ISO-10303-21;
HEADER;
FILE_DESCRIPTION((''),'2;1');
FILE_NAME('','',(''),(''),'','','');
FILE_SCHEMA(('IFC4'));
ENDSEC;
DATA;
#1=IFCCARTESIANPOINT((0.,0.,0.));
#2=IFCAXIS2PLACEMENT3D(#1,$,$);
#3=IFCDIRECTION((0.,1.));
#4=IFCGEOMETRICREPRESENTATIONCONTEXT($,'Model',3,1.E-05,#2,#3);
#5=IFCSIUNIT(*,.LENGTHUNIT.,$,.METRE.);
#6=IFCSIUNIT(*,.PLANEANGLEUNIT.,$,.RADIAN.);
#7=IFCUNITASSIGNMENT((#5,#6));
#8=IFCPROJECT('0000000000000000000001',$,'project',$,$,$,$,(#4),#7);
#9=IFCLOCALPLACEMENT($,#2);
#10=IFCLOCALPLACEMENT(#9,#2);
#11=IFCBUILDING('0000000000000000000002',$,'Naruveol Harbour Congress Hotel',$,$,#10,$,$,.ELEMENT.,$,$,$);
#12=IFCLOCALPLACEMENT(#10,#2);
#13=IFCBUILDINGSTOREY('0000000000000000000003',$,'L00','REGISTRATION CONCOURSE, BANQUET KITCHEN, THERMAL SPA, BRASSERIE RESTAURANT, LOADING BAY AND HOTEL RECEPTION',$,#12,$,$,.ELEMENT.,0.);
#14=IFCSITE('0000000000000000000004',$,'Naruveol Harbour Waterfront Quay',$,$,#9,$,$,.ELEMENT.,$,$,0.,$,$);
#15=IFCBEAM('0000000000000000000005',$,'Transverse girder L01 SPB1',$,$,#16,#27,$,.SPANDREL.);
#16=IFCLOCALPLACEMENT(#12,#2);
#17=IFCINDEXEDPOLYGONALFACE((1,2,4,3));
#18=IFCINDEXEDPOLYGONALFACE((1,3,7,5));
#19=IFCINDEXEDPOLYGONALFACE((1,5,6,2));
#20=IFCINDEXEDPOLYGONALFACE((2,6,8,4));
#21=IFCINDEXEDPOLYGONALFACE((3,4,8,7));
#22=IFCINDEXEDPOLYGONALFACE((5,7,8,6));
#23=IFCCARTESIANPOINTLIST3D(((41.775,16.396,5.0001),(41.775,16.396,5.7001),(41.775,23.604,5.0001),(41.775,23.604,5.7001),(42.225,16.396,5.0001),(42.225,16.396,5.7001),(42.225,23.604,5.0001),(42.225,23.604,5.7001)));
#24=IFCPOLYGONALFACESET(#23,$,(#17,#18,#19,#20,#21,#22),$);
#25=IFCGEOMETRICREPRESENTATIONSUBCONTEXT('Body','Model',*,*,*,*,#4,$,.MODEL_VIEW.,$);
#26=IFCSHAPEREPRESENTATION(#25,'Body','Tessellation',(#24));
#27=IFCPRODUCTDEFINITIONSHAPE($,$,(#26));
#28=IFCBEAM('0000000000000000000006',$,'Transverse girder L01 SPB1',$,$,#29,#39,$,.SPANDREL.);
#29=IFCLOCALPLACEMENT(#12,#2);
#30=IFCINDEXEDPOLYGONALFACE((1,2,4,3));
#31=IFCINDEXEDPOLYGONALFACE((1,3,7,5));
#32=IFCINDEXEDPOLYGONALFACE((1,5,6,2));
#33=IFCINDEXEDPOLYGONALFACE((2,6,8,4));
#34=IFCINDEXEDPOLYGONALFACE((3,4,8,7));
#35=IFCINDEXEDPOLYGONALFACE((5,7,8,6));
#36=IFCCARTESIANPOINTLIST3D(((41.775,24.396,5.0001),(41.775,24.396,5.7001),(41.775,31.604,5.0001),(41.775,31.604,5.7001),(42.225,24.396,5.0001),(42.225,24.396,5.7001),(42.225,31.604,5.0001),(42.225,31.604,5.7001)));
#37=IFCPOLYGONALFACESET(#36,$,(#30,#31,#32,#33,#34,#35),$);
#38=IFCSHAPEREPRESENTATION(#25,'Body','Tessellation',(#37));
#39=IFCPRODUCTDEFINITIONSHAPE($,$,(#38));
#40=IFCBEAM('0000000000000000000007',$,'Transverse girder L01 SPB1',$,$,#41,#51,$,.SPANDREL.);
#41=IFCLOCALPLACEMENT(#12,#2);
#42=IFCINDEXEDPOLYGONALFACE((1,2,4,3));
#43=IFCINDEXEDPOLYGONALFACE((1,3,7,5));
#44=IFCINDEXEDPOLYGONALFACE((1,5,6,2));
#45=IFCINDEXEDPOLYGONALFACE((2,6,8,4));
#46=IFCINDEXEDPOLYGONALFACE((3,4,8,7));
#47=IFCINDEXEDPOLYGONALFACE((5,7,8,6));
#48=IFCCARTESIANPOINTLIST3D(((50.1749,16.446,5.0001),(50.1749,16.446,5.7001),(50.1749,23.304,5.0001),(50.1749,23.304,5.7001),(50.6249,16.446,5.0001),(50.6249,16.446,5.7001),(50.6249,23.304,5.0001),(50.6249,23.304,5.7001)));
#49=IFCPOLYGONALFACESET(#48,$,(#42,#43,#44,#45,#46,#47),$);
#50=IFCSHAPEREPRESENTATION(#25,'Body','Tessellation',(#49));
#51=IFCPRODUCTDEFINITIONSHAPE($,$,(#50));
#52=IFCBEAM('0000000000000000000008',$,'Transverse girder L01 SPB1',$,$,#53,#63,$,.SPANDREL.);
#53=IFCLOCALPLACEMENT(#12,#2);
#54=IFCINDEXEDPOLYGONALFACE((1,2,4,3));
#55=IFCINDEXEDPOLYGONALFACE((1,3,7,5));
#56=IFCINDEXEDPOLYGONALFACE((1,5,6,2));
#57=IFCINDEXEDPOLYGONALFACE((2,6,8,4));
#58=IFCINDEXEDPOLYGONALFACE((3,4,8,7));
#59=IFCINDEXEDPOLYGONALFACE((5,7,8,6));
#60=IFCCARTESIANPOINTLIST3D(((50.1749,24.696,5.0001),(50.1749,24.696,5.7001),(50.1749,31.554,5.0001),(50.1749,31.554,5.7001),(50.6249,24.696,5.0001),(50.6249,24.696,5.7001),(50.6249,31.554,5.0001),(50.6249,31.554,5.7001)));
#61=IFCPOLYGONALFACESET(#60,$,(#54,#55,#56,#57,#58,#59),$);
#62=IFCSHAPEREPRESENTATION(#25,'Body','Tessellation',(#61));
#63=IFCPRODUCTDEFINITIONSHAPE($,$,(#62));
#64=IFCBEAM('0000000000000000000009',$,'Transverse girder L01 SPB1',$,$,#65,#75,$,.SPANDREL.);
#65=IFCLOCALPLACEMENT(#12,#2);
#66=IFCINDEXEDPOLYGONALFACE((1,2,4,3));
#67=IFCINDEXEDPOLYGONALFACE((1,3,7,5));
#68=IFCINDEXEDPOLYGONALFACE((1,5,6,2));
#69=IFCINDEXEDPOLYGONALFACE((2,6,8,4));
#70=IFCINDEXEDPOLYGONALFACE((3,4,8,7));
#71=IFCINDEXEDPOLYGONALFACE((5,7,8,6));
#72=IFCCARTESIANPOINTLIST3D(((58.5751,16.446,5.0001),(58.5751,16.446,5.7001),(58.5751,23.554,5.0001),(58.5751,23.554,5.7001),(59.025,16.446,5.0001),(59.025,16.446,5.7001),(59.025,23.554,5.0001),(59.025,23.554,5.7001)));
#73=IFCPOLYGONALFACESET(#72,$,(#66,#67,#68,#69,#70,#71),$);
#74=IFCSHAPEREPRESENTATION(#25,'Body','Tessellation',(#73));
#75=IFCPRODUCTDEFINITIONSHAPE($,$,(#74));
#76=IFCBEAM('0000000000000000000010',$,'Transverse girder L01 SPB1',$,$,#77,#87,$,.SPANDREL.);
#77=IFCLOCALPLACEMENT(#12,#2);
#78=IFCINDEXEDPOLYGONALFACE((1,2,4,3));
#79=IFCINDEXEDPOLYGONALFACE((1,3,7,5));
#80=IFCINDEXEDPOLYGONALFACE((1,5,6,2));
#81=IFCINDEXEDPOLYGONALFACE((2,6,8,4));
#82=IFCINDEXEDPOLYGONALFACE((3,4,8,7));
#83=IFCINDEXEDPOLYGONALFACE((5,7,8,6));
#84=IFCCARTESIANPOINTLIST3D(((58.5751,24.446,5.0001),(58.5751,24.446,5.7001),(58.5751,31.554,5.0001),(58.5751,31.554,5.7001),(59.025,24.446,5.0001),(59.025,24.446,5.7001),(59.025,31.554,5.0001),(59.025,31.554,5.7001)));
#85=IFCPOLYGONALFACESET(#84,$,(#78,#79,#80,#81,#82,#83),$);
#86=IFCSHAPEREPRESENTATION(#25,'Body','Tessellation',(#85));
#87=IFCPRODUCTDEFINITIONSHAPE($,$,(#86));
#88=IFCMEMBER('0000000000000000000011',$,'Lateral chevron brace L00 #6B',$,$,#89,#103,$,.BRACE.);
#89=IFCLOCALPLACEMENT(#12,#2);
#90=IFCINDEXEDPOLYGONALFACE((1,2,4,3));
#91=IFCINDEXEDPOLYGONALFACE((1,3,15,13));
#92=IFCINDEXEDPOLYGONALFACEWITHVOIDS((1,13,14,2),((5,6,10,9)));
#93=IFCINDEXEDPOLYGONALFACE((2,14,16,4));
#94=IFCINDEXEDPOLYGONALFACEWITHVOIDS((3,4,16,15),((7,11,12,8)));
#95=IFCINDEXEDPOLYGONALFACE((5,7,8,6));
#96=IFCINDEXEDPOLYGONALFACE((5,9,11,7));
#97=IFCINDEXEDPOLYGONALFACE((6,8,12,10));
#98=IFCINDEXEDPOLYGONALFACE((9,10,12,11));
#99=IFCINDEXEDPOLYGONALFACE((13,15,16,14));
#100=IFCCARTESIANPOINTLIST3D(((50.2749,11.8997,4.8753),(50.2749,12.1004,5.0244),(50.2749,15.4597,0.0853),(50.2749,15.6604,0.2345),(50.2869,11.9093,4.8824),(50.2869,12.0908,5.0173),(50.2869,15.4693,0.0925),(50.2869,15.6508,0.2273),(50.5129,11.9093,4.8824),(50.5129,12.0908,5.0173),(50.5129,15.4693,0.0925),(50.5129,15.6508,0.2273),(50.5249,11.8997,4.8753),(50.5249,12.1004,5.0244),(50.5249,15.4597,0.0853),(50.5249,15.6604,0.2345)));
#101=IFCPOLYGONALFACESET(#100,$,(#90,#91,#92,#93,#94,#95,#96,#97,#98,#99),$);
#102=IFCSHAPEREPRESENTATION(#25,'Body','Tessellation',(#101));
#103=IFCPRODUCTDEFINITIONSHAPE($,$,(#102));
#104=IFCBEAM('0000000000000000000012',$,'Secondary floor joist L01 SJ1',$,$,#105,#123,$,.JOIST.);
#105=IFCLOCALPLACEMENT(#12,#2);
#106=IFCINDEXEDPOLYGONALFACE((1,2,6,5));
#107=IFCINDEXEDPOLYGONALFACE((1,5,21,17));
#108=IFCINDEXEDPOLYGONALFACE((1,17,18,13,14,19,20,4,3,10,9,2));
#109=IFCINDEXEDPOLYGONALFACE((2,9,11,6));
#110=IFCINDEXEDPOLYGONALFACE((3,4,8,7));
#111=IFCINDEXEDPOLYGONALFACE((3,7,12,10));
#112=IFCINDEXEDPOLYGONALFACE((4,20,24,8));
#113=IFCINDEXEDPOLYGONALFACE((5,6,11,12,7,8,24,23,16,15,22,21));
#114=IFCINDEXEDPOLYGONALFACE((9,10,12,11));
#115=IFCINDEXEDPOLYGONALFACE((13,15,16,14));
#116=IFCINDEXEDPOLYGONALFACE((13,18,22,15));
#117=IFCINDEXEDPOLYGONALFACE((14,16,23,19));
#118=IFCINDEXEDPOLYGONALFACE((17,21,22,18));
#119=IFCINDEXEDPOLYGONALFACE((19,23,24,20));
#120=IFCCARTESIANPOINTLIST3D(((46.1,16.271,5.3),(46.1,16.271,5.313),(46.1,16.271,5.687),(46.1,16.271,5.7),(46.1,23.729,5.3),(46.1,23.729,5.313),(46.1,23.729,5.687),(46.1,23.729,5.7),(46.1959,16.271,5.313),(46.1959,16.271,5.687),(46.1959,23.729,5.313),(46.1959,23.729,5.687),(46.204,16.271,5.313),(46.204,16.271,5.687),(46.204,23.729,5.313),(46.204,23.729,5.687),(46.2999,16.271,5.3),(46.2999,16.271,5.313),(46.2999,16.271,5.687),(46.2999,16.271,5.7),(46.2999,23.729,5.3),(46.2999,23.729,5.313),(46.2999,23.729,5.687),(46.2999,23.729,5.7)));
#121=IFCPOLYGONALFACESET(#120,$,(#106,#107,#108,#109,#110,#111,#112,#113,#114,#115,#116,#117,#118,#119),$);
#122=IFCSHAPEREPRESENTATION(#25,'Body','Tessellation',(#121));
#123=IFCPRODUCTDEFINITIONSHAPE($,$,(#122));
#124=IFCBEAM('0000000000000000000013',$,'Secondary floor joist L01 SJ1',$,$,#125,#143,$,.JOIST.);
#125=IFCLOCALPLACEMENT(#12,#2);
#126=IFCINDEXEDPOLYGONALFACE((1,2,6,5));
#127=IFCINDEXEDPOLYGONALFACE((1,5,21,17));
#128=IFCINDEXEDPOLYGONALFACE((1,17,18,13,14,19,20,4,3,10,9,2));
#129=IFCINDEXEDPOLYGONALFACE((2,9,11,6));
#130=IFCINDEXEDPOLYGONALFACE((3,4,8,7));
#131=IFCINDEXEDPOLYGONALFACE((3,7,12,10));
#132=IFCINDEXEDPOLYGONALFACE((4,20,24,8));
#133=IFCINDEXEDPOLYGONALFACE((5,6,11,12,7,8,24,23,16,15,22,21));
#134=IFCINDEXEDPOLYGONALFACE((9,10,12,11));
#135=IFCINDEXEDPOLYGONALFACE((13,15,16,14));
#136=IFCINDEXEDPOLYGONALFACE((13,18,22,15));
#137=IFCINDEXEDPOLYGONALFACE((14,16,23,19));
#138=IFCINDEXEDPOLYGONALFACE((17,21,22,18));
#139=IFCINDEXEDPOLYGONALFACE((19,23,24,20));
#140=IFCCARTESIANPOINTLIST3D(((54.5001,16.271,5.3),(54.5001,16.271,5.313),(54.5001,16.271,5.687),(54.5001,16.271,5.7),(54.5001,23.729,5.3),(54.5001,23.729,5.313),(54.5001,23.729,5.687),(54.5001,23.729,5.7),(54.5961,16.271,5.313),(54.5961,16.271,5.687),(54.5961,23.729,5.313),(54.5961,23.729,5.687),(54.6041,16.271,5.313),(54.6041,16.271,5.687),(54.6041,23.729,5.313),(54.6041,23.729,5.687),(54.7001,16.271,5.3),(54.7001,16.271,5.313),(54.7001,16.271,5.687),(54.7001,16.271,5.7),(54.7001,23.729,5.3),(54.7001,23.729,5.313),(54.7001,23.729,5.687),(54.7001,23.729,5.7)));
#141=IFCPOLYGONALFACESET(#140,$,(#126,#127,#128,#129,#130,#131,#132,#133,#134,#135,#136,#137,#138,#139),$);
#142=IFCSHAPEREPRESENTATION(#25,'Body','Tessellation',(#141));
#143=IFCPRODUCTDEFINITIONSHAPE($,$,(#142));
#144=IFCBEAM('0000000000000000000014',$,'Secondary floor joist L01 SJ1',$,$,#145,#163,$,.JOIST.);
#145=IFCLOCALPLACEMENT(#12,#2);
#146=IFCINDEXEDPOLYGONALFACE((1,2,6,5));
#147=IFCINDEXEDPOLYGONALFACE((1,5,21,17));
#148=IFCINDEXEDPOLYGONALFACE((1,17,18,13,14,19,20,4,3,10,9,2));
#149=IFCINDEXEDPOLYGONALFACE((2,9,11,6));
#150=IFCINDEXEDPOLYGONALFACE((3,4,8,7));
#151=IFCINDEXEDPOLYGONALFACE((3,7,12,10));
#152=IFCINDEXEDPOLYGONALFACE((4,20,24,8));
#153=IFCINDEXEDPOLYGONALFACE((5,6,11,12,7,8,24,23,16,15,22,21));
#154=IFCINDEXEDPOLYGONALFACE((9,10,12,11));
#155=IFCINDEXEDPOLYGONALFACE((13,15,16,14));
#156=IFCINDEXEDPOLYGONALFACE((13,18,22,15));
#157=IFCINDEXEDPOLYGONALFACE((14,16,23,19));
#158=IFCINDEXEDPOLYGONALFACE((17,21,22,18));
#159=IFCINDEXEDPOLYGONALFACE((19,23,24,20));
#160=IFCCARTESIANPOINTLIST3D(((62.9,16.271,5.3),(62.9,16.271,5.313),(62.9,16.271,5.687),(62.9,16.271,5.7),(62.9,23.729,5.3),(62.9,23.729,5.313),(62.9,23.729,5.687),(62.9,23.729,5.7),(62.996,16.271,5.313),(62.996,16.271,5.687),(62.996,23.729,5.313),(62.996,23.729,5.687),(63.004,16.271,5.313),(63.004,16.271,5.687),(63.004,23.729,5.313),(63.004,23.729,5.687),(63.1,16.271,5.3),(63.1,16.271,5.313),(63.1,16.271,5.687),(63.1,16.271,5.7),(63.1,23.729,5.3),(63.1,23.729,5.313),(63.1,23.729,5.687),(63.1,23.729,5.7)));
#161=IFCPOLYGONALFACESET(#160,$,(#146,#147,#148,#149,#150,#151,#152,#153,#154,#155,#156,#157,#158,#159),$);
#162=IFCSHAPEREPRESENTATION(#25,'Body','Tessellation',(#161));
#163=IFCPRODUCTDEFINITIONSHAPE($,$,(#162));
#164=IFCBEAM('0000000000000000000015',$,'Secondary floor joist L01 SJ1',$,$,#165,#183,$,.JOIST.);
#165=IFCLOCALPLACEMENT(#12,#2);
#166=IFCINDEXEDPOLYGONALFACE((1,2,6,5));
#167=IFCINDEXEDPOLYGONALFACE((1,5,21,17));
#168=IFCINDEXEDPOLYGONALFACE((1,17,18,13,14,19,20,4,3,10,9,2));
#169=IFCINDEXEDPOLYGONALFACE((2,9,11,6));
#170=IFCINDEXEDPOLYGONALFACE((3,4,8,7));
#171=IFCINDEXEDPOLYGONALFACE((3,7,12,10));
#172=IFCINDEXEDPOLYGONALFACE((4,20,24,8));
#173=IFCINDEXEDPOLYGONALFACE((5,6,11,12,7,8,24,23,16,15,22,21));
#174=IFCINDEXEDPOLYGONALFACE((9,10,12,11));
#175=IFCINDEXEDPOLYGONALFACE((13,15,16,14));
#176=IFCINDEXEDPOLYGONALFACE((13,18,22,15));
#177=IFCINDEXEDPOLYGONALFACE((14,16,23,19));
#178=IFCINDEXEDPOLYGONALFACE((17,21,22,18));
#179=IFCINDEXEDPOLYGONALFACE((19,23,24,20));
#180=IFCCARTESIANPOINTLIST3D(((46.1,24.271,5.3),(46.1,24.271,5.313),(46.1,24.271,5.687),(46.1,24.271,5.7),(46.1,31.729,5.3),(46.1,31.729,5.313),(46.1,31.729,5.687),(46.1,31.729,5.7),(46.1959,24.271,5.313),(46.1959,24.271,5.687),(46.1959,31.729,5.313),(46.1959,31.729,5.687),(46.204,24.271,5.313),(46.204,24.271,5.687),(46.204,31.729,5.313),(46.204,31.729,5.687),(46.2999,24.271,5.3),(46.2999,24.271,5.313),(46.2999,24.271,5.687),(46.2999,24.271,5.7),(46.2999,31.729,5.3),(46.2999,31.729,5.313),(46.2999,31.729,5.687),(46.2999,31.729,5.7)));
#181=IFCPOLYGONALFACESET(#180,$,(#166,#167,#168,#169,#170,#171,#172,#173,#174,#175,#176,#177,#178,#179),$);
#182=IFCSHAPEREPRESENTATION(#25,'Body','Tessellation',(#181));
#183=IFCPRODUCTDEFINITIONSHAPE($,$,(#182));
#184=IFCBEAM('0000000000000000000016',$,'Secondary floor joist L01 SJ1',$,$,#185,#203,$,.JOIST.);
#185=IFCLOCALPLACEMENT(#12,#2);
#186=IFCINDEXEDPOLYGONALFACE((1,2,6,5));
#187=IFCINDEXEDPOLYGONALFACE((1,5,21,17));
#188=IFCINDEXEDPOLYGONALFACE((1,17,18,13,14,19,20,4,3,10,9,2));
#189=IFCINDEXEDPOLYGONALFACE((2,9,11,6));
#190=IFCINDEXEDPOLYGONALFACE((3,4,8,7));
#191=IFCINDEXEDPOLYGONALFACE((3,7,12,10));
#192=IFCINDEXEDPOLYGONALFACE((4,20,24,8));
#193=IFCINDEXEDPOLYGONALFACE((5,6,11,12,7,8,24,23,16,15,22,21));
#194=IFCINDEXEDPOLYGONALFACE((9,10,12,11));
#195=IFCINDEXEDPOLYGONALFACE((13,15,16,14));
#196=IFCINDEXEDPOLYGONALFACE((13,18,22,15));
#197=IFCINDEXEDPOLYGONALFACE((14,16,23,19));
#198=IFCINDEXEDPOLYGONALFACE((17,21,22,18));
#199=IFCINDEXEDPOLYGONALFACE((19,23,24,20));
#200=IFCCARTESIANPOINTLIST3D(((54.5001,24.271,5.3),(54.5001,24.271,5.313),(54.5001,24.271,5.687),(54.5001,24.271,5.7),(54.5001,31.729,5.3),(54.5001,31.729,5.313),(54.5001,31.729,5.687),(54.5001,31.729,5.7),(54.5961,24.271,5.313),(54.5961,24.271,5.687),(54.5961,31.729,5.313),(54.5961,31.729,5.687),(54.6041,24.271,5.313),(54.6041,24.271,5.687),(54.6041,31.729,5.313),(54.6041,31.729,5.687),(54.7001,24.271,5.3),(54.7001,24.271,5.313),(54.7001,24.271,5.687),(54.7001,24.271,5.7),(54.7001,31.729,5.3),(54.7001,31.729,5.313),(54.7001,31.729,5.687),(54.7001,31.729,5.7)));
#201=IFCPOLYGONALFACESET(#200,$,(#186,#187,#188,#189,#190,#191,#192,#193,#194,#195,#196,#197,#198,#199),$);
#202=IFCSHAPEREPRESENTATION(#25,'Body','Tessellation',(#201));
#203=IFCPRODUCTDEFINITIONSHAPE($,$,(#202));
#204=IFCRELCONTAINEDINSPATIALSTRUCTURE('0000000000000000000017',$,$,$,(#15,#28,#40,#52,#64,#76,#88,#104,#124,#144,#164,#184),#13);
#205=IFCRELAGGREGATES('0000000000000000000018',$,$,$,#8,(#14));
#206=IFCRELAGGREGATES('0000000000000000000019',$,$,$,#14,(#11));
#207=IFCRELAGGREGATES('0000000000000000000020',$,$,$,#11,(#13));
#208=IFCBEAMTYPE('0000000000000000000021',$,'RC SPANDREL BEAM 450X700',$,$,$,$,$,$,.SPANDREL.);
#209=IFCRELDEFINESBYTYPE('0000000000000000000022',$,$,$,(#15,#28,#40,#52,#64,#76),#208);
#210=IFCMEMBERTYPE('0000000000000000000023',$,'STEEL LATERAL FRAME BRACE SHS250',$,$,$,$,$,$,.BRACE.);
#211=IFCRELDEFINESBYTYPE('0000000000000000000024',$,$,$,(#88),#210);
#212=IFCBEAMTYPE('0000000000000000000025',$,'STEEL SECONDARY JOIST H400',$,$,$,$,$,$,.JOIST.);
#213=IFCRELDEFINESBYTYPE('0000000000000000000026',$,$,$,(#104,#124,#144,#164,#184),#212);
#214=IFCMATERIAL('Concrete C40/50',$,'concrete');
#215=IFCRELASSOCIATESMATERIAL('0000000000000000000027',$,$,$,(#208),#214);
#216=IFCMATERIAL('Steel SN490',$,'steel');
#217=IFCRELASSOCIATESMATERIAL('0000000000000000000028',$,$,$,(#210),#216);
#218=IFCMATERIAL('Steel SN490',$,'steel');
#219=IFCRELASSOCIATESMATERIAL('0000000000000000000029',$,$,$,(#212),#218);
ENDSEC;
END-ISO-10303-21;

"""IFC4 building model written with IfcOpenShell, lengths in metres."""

from ifc_helpers import new_model, si_unit, direction, frame, origin, origin_2d, place, context, subcontext, project, spatial, rectangle, hollow_rectangle, i_section, extrude, material, material_profile, profile_set, type_object, element, save


model = new_model("IFC4")

# Units and contexts
model_context = context("Model", 3, precision=1e-05, world=origin(), true_north=direction((0.0, 1.0)))
body_context = subcontext(model_context, "Body", "Model", "MODEL_VIEW")
ifc_project = project(units=[si_unit("LENGTHUNIT", "METRE"), si_unit("PLANEANGLEUNIT", "RADIAN")], contexts=[model_context])

# Site, building, storey
site_placement = place(None, origin())
site = spatial("IfcSite", under=ifc_project, at=site_placement, Name="Naruveol Harbour Waterfront Quay", CompositionType="ELEMENT", RefElevation=0.0)
building_placement = place(site_placement, origin())
building = spatial("IfcBuilding", under=site, at=building_placement, Name="Naruveol Harbour Congress Hotel", CompositionType="ELEMENT")
storey_placement = place(building_placement, origin())
storey = spatial("IfcBuildingStorey", under=building, at=storey_placement, Name="L00", Description="REGISTRATION CONCOURSE, BANQUET KITCHEN, THERMAL SPA, BRASSERIE RESTAURANT, LOADING BAY AND HOTEL RECEPTION", CompositionType="ELEMENT", Elevation=0.0)

# Beams
ifc_material_1 = material(Name="Concrete C40/50", Category="concrete")
ifc_material_profile_1 = material_profile(ifc_material_1, rectangle(XDim=0.45, YDim=0.7, at=origin_2d()), Name="RCB-450x700")
ifc_profile_set_1 = profile_set([ifc_material_profile_1], Name="Concrete C40/50")
beam_type_1 = type_object("IfcBeamType", Name="RC SPANDREL BEAM 450X700", PredefinedType="SPANDREL", material=ifc_profile_set_1)
for number, where, z_axis, x_axis, name in (
    (1, (42.0, 16.396, 5.3501), (0.0, 1.0, 0.0), (-1.0, 0.0, 0.0), "Transverse girder L01 SPB1"),
    (2, (42.0, 24.396, 5.3501), (0.0, 1.0, 0.0), (-1.0, 0.0, 0.0), "Transverse girder L01 SPB1"),
):
    element("IfcBeam", number, at=place(storey_placement, frame(where, z_axis=z_axis, x_axis=x_axis)), inside=storey, type_object=beam_type_1, Name=name, PredefinedType="SPANDREL", context=body_context, shape_type="SweptSolid", body=[
        extrude(rectangle(XDim=0.45, YDim=0.7, at=origin_2d()), origin(), (0.0, 0.0, 1.0), 7.208),
    ])
for number, where, z_axis, x_axis, name in (
    (3, (50.3999, 16.446, 5.3501), (0.0, 1.0, 0.0), (-1.0, 0.0, 0.0), "Transverse girder L01 SPB1"),
    (4, (50.3999, 24.696, 5.3501), (0.0, 1.0, 0.0), (-1.0, 0.0, 0.0), "Transverse girder L01 SPB1"),
):
    element("IfcBeam", number, at=place(storey_placement, frame(where, z_axis=z_axis, x_axis=x_axis)), inside=storey, type_object=beam_type_1, Name=name, PredefinedType="SPANDREL", context=body_context, shape_type="SweptSolid", body=[
        extrude(rectangle(XDim=0.45, YDim=0.7, at=origin_2d()), origin(), (0.0, 0.0, 1.0), 6.8579),
    ])
for number, where, z_axis, x_axis, name in (
    (5, (58.8, 16.446, 5.3501), (0.0, 1.0, 0.0), (-1.0, 0.0, 0.0), "Transverse girder L01 SPB1"),
    (6, (58.8, 24.446, 5.3501), (0.0, 1.0, 0.0), (-1.0, 0.0, 0.0), "Transverse girder L01 SPB1"),
):
    element("IfcBeam", number, at=place(storey_placement, frame(where, z_axis=z_axis, x_axis=x_axis)), inside=storey, type_object=beam_type_1, Name=name, PredefinedType="SPANDREL", context=body_context, shape_type="SweptSolid", body=[
        extrude(rectangle(XDim=0.45, YDim=0.7, at=origin_2d()), origin(), (0.0, 0.0, 1.0), 7.1079),
    ])

# Member
ifc_material_2 = material(Name="Steel SN490", Category="steel")
ifc_material_profile_2 = material_profile(ifc_material_2, hollow_rectangle(XDim=0.25, YDim=0.25, WallThickness=0.012, at=origin_2d()), Name="SHS-250x250x12")
ifc_profile_set_2 = profile_set([ifc_material_profile_2], Name="Steel SN490")
member_type = type_object("IfcMemberType", Name="STEEL LATERAL FRAME BRACE SHS250", PredefinedType="BRACE", material=ifc_profile_set_2)
member_placement = place(storey_placement, frame((50.3999, 15.5601, 0.1599), z_axis=(0.0, -0.596512, 0.802604), x_axis=(1.0, 0.0, 0.0)))
element("IfcMember", 7, at=member_placement, inside=storey, type_object=member_type, Name="Lateral chevron brace L00 #6B", PredefinedType="BRACE", context=body_context, shape_type="SweptSolid", body=[
    extrude(hollow_rectangle(XDim=0.25, YDim=0.25, WallThickness=0.012, at=origin_2d()), origin(), (0.0, 0.0, 1.0), 5.968),
])

# Beams
ifc_material_3 = material(Name="Steel SN490", Category="steel")
ifc_material_profile_3 = material_profile(ifc_material_3, i_section(OverallWidth=0.2, OverallDepth=0.3999, WebThickness=0.0081, FlangeThickness=0.0129, at=origin_2d()), Name="H-400x200x8x13")
ifc_profile_set_3 = profile_set([ifc_material_profile_3], Name="Steel SN490")
beam_type_2 = type_object("IfcBeamType", Name="STEEL SECONDARY JOIST H400", PredefinedType="JOIST", material=ifc_profile_set_3)
for number, where, z_axis, x_axis, name in (
    (8, (46.2, 16.271, 5.5), (0.0, 1.0, 0.0), (-1.0, 0.0, 0.0), "Secondary floor joist L01 SJ1"),
    (9, (54.6001, 16.271, 5.5), (0.0, 1.0, 0.0), (-1.0, 0.0, 0.0), "Secondary floor joist L01 SJ1"),
    (10, (63.0, 16.271, 5.5), (0.0, 1.0, 0.0), (-1.0, 0.0, 0.0), "Secondary floor joist L01 SJ1"),
    (11, (46.2, 24.271, 5.5), (0.0, 1.0, 0.0), (-1.0, 0.0, 0.0), "Secondary floor joist L01 SJ1"),
    (12, (54.6001, 24.271, 5.5), (0.0, 1.0, 0.0), (-1.0, 0.0, 0.0), "Secondary floor joist L01 SJ1"),
):
    element("IfcBeam", number, at=place(storey_placement, frame(where, z_axis=z_axis, x_axis=x_axis)), inside=storey, type_object=beam_type_2, Name=name, PredefinedType="JOIST", context=body_context, shape_type="SweptSolid", body=[
        extrude(i_section(OverallWidth=0.2, OverallDepth=0.3999, WebThickness=0.0081, FlangeThickness=0.0129, at=origin_2d()), origin(), (0.0, 0.0, 1.0), 7.458),
    ])

save(model, "model.ifc")
